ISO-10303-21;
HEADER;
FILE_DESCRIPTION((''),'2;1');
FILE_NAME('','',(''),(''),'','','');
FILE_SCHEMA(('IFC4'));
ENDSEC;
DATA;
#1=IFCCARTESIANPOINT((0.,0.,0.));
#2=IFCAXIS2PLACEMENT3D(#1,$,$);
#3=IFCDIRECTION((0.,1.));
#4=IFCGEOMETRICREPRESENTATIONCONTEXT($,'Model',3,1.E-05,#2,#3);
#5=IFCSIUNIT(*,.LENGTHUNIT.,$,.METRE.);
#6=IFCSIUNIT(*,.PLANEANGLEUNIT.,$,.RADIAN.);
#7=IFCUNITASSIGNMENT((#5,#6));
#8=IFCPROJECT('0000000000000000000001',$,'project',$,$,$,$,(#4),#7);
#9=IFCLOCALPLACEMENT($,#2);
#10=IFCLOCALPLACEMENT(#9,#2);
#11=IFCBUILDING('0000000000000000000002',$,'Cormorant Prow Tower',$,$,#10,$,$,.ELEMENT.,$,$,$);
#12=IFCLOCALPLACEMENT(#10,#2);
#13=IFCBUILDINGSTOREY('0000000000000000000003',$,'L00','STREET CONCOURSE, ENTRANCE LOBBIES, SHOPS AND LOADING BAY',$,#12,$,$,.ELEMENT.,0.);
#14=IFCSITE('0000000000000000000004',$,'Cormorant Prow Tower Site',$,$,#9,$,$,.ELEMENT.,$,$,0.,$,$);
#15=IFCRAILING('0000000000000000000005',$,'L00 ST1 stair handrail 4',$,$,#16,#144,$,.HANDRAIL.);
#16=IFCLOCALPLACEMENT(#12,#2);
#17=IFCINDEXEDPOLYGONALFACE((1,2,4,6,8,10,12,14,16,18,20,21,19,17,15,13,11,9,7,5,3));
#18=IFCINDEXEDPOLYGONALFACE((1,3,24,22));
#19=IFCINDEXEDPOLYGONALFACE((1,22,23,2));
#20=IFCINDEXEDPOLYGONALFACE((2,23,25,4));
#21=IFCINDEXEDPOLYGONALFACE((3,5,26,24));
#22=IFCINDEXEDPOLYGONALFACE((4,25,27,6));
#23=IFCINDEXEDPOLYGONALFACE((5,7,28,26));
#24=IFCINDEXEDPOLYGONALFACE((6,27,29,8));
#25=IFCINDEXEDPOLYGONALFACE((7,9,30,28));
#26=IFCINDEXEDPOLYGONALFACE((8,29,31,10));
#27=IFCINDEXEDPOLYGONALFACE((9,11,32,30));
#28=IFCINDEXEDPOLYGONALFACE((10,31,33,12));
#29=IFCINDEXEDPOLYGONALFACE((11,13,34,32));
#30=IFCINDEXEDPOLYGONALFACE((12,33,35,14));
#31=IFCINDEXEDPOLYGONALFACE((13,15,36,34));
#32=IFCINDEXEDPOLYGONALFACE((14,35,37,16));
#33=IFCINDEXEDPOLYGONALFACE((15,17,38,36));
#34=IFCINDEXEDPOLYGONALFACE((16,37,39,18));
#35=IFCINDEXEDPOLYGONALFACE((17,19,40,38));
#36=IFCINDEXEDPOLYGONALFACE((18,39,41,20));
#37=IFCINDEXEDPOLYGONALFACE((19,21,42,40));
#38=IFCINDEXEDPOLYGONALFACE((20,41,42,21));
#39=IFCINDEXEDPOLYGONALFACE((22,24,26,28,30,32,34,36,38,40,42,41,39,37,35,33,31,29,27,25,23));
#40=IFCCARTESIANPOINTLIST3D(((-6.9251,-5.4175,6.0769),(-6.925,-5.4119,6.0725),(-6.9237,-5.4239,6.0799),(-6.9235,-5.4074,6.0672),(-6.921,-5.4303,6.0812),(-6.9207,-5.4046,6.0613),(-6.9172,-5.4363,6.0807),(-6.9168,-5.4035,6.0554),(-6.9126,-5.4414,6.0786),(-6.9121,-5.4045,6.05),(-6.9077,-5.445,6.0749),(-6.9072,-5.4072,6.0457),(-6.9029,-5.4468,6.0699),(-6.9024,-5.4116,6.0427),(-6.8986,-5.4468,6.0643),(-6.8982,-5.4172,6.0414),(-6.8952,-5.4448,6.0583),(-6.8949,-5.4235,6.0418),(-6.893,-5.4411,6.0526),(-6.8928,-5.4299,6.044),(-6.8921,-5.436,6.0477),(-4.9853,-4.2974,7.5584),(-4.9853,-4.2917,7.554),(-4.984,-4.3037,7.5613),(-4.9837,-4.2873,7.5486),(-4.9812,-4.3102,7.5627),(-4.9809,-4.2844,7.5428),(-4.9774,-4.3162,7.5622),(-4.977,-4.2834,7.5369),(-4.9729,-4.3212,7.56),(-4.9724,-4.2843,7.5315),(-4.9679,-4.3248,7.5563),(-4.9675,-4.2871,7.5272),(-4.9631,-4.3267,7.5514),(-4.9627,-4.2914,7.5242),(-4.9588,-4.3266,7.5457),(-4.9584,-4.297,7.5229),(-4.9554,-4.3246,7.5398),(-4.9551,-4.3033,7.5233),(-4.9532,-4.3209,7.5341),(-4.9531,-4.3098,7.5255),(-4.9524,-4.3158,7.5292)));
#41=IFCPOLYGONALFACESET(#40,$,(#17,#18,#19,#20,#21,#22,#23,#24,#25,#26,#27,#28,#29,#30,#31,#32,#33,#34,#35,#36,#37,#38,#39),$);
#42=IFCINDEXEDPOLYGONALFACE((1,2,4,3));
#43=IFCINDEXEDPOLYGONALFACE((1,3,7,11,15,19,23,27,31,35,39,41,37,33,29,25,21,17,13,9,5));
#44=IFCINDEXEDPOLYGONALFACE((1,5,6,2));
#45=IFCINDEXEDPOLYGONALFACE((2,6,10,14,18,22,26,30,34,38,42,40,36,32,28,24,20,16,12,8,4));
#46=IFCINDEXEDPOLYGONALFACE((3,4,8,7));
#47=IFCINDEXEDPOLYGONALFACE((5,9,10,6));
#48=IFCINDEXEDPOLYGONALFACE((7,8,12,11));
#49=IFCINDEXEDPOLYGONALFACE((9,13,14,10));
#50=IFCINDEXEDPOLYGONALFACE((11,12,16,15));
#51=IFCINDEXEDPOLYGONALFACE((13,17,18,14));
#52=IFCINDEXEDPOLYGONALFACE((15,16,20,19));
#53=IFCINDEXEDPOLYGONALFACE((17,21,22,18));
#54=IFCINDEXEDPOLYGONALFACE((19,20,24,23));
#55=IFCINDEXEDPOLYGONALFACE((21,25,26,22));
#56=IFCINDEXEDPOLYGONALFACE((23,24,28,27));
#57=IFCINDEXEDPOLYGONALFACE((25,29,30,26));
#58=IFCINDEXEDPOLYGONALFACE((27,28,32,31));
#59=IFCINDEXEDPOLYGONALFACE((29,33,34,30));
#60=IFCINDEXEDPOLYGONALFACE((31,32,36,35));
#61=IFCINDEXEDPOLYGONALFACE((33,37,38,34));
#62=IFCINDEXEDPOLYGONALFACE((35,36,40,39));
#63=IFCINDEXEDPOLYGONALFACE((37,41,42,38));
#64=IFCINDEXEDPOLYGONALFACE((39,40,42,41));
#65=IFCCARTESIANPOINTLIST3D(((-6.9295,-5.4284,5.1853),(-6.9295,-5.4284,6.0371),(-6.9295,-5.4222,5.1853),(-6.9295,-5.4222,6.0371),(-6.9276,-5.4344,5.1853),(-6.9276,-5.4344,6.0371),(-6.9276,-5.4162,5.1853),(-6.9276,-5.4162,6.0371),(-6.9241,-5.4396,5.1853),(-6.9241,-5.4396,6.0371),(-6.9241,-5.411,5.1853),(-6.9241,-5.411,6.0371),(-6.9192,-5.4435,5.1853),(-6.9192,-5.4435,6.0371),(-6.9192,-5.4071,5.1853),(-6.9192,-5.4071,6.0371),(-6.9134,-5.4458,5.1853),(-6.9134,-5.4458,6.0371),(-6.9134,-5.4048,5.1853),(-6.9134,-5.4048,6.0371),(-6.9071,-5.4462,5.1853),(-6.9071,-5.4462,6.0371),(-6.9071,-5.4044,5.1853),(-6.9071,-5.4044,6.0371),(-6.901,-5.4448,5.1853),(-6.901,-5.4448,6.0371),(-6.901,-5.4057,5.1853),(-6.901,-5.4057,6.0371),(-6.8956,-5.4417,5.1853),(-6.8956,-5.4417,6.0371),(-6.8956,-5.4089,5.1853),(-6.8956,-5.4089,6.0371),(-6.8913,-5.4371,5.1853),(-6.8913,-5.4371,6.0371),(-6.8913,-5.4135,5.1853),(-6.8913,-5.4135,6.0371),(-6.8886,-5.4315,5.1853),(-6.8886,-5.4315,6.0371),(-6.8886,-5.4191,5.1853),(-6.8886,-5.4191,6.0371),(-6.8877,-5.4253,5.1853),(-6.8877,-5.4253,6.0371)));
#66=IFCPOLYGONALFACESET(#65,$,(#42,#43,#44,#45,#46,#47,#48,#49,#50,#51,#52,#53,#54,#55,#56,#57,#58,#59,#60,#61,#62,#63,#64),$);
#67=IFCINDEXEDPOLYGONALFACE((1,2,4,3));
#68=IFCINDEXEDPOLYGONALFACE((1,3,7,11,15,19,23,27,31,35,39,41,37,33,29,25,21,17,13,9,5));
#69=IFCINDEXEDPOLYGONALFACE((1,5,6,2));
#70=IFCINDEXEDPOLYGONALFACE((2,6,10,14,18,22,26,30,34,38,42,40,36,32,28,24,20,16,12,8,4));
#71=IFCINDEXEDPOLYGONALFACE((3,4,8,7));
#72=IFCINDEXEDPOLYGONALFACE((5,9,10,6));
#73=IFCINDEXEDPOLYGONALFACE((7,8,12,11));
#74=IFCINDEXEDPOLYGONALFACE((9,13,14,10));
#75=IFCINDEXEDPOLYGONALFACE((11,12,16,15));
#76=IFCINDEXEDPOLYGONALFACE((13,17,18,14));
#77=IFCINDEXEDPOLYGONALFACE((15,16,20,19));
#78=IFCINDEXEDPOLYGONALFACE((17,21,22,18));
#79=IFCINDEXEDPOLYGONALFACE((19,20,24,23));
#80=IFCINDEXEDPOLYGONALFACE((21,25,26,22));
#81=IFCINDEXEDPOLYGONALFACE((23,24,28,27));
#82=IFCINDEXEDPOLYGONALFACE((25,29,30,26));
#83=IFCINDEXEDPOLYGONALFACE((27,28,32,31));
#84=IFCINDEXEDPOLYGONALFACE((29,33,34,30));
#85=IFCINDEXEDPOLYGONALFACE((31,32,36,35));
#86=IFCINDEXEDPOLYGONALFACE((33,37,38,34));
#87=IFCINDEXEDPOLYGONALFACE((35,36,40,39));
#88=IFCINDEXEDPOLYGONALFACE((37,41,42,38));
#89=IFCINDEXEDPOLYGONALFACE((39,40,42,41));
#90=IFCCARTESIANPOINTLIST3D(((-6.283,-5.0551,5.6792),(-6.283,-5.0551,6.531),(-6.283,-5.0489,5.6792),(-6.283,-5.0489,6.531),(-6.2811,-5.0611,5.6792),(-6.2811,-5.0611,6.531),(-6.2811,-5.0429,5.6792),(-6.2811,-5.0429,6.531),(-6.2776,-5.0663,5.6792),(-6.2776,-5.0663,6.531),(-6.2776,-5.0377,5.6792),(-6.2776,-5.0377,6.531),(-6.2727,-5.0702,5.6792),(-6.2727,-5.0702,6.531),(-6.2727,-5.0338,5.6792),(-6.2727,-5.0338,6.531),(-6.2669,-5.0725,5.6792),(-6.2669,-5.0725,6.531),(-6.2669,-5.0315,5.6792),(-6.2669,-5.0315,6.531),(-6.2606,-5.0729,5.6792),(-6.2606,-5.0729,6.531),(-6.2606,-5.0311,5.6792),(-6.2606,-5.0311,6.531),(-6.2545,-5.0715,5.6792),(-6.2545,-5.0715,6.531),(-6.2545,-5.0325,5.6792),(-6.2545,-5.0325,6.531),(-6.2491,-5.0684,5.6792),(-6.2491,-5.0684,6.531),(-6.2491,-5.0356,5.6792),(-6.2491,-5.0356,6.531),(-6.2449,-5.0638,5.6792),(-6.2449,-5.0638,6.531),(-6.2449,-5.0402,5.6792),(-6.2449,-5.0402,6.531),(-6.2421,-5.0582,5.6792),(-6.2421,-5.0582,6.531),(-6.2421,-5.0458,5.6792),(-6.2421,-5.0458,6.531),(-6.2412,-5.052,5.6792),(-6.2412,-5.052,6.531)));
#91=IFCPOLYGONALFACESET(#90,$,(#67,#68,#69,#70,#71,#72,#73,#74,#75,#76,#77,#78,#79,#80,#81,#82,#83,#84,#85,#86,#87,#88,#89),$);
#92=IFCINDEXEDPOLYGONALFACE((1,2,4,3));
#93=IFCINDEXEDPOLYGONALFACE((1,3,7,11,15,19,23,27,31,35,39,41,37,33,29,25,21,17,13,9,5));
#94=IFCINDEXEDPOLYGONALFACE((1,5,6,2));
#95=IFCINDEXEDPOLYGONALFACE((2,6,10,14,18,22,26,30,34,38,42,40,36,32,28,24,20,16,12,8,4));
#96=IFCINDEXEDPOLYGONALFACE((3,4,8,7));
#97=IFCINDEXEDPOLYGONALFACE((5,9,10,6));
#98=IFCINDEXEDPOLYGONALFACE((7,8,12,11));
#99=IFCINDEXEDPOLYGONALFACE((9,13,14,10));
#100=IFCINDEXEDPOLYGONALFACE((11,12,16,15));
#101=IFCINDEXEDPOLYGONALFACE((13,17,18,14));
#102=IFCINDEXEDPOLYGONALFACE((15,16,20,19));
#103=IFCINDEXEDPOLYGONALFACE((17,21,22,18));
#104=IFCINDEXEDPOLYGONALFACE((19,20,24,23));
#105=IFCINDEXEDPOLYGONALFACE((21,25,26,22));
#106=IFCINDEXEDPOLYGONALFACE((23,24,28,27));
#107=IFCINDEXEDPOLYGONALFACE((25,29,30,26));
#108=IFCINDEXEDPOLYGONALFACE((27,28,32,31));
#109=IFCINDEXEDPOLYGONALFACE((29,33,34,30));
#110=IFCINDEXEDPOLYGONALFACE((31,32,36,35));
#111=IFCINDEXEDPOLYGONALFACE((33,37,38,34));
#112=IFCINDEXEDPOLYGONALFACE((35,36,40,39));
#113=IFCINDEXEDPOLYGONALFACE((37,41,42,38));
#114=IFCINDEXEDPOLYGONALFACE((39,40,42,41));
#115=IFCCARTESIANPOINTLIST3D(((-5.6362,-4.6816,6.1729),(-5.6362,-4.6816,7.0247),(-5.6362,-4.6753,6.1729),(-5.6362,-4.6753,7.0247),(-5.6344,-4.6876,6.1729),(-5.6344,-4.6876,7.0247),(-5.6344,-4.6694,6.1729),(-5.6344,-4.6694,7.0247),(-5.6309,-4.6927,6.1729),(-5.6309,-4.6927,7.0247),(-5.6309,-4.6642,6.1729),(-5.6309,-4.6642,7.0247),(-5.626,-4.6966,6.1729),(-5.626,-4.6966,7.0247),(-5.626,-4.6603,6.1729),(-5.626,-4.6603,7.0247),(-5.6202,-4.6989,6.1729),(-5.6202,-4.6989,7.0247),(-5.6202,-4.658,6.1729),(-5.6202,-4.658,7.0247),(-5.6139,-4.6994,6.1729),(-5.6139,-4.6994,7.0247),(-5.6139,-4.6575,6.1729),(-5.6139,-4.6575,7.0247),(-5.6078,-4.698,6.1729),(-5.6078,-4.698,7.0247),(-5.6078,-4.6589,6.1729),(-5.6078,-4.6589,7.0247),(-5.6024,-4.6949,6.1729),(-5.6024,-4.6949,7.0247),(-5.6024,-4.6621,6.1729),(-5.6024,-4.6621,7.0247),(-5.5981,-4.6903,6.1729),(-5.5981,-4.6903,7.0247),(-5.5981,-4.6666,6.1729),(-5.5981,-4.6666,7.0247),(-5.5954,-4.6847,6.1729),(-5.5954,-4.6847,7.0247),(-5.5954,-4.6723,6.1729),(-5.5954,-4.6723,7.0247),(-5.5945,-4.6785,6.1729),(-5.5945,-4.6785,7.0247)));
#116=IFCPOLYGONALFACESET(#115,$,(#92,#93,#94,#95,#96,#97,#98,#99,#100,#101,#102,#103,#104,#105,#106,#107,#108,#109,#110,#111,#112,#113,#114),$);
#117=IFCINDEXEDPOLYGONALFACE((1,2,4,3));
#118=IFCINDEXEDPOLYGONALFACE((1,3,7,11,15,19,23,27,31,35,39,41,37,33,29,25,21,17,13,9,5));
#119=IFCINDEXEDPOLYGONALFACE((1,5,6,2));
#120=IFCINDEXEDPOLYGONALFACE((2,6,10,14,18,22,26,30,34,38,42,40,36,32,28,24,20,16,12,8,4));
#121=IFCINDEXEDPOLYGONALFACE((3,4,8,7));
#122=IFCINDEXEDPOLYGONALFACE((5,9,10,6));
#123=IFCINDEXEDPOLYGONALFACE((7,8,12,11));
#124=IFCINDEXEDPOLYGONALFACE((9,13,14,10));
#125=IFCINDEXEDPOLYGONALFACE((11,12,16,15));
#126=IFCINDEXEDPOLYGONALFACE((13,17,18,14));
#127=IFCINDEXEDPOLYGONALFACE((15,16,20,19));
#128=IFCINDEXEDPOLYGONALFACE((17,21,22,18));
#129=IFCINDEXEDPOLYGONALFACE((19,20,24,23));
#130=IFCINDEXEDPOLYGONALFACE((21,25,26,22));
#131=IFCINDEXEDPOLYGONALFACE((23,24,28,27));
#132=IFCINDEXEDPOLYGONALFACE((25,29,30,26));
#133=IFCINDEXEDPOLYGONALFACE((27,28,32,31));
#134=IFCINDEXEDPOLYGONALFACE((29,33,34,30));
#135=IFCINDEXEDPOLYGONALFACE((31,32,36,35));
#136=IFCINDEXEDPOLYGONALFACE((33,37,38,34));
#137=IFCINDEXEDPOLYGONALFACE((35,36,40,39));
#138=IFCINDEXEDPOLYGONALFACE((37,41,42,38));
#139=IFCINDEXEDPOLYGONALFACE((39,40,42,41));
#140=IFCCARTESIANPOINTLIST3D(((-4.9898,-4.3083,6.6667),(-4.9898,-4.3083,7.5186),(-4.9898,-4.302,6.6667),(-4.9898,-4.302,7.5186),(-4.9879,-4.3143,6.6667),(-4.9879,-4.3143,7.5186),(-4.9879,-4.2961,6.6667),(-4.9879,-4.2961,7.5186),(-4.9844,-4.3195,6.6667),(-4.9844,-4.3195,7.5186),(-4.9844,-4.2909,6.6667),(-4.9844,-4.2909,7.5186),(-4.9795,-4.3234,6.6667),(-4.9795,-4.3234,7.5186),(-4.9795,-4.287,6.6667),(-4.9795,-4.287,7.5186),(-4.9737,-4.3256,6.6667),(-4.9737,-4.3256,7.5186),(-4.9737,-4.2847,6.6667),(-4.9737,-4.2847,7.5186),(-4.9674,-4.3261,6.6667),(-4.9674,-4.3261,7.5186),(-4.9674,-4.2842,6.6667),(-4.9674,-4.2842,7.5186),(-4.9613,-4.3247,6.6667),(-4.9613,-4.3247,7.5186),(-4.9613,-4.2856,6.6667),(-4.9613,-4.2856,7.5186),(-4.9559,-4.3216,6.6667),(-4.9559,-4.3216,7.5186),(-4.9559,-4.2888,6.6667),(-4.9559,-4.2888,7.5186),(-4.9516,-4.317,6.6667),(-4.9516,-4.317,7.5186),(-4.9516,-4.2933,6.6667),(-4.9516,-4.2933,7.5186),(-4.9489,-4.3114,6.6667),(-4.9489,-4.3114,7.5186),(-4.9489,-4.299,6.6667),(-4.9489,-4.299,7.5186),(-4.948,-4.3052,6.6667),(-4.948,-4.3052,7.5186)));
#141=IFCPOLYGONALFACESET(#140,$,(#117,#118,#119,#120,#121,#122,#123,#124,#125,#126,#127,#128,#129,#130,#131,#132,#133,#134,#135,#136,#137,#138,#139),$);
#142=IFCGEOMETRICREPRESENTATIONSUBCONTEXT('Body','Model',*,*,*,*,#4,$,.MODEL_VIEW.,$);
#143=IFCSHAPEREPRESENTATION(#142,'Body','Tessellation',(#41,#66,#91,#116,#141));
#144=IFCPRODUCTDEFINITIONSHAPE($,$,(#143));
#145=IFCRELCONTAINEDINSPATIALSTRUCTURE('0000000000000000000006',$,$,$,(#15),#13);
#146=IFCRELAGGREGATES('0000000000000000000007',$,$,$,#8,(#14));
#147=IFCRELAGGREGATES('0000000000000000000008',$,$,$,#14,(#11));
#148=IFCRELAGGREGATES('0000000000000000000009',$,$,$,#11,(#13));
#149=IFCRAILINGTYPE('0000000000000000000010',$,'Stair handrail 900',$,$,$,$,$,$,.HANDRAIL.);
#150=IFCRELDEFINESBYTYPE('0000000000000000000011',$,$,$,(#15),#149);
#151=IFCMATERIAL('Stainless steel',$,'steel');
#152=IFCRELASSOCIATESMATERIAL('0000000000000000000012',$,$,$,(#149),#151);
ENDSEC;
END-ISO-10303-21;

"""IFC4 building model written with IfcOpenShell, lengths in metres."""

from ifc_helpers import new_model, si_unit, direction, frame, origin, origin_2d, place, context, subcontext, project, spatial, circle, extrude, material, type_object, element, save


model = new_model("IFC4")

# Units and contexts
model_context = context("Model", 3, precision=1e-05, world=origin(), true_north=direction((0.0, 1.0)))
body_context = subcontext(model_context, "Body", "Model", "MODEL_VIEW")
ifc_project = project(units=[si_unit("LENGTHUNIT", "METRE"), si_unit("PLANEANGLEUNIT", "RADIAN")], contexts=[model_context])

# Site, building, storey
site_placement = place(None, origin())
site = spatial("IfcSite", under=ifc_project, at=site_placement, Name="Cormorant Prow Tower Site", CompositionType="ELEMENT", RefElevation=0.0)
building_placement = place(site_placement, origin())
building = spatial("IfcBuilding", under=site, at=building_placement, Name="Cormorant Prow Tower", CompositionType="ELEMENT")
storey_placement = place(building_placement, origin())
storey = spatial("IfcBuildingStorey", under=building, at=storey_placement, Name="L00", Description="STREET CONCOURSE, ENTRANCE LOBBIES, SHOPS AND LOADING BAY", CompositionType="ELEMENT", Elevation=0.0)

# Railing
ifc_material_1 = material(Name="Stainless steel", Category="steel")
railing_type_1 = type_object("IfcRailingType", Name="Stair handrail 900", PredefinedType="HANDRAIL", material=ifc_material_1)
railing_1_placement = place(storey_placement, frame((-6.9087, -5.4253, 5.1853)))
element("IfcRailing", 1, at=railing_1_placement, inside=storey, type_object=railing_type_1, Name="L00 ST1 stair handrail 4", PredefinedType="HANDRAIL", context=body_context, shape_type="SweptSolid", body=[
    extrude(circle(Radius=0.0239, at=origin_2d()), frame((0.0, 0.0, 0.876), z_axis=(0.722292, 0.417102, 0.551651), x_axis=(-0.500078, 0.86598, 0.0)), (0.0, 0.0, 1.0), 2.6855),
    extrude(circle(Radius=0.021, at=origin_2d()), origin(), (0.0, 0.0, 1.0), 0.8518),
    extrude(circle(Radius=0.021, at=origin_2d()), frame((0.6465, 0.3733, 0.4939)), (0.0, 0.0, 1.0), 0.8518),
    extrude(circle(Radius=0.021, at=origin_2d()), frame((1.2932, 0.7468, 0.9875)), (0.0, 0.0, 1.0), 0.8518),
    extrude(circle(Radius=0.021, at=origin_2d()), frame((1.9397, 1.1201, 1.4814)), (0.0, 0.0, 1.0), 0.8518),
])

save(model, "model.ifc")
